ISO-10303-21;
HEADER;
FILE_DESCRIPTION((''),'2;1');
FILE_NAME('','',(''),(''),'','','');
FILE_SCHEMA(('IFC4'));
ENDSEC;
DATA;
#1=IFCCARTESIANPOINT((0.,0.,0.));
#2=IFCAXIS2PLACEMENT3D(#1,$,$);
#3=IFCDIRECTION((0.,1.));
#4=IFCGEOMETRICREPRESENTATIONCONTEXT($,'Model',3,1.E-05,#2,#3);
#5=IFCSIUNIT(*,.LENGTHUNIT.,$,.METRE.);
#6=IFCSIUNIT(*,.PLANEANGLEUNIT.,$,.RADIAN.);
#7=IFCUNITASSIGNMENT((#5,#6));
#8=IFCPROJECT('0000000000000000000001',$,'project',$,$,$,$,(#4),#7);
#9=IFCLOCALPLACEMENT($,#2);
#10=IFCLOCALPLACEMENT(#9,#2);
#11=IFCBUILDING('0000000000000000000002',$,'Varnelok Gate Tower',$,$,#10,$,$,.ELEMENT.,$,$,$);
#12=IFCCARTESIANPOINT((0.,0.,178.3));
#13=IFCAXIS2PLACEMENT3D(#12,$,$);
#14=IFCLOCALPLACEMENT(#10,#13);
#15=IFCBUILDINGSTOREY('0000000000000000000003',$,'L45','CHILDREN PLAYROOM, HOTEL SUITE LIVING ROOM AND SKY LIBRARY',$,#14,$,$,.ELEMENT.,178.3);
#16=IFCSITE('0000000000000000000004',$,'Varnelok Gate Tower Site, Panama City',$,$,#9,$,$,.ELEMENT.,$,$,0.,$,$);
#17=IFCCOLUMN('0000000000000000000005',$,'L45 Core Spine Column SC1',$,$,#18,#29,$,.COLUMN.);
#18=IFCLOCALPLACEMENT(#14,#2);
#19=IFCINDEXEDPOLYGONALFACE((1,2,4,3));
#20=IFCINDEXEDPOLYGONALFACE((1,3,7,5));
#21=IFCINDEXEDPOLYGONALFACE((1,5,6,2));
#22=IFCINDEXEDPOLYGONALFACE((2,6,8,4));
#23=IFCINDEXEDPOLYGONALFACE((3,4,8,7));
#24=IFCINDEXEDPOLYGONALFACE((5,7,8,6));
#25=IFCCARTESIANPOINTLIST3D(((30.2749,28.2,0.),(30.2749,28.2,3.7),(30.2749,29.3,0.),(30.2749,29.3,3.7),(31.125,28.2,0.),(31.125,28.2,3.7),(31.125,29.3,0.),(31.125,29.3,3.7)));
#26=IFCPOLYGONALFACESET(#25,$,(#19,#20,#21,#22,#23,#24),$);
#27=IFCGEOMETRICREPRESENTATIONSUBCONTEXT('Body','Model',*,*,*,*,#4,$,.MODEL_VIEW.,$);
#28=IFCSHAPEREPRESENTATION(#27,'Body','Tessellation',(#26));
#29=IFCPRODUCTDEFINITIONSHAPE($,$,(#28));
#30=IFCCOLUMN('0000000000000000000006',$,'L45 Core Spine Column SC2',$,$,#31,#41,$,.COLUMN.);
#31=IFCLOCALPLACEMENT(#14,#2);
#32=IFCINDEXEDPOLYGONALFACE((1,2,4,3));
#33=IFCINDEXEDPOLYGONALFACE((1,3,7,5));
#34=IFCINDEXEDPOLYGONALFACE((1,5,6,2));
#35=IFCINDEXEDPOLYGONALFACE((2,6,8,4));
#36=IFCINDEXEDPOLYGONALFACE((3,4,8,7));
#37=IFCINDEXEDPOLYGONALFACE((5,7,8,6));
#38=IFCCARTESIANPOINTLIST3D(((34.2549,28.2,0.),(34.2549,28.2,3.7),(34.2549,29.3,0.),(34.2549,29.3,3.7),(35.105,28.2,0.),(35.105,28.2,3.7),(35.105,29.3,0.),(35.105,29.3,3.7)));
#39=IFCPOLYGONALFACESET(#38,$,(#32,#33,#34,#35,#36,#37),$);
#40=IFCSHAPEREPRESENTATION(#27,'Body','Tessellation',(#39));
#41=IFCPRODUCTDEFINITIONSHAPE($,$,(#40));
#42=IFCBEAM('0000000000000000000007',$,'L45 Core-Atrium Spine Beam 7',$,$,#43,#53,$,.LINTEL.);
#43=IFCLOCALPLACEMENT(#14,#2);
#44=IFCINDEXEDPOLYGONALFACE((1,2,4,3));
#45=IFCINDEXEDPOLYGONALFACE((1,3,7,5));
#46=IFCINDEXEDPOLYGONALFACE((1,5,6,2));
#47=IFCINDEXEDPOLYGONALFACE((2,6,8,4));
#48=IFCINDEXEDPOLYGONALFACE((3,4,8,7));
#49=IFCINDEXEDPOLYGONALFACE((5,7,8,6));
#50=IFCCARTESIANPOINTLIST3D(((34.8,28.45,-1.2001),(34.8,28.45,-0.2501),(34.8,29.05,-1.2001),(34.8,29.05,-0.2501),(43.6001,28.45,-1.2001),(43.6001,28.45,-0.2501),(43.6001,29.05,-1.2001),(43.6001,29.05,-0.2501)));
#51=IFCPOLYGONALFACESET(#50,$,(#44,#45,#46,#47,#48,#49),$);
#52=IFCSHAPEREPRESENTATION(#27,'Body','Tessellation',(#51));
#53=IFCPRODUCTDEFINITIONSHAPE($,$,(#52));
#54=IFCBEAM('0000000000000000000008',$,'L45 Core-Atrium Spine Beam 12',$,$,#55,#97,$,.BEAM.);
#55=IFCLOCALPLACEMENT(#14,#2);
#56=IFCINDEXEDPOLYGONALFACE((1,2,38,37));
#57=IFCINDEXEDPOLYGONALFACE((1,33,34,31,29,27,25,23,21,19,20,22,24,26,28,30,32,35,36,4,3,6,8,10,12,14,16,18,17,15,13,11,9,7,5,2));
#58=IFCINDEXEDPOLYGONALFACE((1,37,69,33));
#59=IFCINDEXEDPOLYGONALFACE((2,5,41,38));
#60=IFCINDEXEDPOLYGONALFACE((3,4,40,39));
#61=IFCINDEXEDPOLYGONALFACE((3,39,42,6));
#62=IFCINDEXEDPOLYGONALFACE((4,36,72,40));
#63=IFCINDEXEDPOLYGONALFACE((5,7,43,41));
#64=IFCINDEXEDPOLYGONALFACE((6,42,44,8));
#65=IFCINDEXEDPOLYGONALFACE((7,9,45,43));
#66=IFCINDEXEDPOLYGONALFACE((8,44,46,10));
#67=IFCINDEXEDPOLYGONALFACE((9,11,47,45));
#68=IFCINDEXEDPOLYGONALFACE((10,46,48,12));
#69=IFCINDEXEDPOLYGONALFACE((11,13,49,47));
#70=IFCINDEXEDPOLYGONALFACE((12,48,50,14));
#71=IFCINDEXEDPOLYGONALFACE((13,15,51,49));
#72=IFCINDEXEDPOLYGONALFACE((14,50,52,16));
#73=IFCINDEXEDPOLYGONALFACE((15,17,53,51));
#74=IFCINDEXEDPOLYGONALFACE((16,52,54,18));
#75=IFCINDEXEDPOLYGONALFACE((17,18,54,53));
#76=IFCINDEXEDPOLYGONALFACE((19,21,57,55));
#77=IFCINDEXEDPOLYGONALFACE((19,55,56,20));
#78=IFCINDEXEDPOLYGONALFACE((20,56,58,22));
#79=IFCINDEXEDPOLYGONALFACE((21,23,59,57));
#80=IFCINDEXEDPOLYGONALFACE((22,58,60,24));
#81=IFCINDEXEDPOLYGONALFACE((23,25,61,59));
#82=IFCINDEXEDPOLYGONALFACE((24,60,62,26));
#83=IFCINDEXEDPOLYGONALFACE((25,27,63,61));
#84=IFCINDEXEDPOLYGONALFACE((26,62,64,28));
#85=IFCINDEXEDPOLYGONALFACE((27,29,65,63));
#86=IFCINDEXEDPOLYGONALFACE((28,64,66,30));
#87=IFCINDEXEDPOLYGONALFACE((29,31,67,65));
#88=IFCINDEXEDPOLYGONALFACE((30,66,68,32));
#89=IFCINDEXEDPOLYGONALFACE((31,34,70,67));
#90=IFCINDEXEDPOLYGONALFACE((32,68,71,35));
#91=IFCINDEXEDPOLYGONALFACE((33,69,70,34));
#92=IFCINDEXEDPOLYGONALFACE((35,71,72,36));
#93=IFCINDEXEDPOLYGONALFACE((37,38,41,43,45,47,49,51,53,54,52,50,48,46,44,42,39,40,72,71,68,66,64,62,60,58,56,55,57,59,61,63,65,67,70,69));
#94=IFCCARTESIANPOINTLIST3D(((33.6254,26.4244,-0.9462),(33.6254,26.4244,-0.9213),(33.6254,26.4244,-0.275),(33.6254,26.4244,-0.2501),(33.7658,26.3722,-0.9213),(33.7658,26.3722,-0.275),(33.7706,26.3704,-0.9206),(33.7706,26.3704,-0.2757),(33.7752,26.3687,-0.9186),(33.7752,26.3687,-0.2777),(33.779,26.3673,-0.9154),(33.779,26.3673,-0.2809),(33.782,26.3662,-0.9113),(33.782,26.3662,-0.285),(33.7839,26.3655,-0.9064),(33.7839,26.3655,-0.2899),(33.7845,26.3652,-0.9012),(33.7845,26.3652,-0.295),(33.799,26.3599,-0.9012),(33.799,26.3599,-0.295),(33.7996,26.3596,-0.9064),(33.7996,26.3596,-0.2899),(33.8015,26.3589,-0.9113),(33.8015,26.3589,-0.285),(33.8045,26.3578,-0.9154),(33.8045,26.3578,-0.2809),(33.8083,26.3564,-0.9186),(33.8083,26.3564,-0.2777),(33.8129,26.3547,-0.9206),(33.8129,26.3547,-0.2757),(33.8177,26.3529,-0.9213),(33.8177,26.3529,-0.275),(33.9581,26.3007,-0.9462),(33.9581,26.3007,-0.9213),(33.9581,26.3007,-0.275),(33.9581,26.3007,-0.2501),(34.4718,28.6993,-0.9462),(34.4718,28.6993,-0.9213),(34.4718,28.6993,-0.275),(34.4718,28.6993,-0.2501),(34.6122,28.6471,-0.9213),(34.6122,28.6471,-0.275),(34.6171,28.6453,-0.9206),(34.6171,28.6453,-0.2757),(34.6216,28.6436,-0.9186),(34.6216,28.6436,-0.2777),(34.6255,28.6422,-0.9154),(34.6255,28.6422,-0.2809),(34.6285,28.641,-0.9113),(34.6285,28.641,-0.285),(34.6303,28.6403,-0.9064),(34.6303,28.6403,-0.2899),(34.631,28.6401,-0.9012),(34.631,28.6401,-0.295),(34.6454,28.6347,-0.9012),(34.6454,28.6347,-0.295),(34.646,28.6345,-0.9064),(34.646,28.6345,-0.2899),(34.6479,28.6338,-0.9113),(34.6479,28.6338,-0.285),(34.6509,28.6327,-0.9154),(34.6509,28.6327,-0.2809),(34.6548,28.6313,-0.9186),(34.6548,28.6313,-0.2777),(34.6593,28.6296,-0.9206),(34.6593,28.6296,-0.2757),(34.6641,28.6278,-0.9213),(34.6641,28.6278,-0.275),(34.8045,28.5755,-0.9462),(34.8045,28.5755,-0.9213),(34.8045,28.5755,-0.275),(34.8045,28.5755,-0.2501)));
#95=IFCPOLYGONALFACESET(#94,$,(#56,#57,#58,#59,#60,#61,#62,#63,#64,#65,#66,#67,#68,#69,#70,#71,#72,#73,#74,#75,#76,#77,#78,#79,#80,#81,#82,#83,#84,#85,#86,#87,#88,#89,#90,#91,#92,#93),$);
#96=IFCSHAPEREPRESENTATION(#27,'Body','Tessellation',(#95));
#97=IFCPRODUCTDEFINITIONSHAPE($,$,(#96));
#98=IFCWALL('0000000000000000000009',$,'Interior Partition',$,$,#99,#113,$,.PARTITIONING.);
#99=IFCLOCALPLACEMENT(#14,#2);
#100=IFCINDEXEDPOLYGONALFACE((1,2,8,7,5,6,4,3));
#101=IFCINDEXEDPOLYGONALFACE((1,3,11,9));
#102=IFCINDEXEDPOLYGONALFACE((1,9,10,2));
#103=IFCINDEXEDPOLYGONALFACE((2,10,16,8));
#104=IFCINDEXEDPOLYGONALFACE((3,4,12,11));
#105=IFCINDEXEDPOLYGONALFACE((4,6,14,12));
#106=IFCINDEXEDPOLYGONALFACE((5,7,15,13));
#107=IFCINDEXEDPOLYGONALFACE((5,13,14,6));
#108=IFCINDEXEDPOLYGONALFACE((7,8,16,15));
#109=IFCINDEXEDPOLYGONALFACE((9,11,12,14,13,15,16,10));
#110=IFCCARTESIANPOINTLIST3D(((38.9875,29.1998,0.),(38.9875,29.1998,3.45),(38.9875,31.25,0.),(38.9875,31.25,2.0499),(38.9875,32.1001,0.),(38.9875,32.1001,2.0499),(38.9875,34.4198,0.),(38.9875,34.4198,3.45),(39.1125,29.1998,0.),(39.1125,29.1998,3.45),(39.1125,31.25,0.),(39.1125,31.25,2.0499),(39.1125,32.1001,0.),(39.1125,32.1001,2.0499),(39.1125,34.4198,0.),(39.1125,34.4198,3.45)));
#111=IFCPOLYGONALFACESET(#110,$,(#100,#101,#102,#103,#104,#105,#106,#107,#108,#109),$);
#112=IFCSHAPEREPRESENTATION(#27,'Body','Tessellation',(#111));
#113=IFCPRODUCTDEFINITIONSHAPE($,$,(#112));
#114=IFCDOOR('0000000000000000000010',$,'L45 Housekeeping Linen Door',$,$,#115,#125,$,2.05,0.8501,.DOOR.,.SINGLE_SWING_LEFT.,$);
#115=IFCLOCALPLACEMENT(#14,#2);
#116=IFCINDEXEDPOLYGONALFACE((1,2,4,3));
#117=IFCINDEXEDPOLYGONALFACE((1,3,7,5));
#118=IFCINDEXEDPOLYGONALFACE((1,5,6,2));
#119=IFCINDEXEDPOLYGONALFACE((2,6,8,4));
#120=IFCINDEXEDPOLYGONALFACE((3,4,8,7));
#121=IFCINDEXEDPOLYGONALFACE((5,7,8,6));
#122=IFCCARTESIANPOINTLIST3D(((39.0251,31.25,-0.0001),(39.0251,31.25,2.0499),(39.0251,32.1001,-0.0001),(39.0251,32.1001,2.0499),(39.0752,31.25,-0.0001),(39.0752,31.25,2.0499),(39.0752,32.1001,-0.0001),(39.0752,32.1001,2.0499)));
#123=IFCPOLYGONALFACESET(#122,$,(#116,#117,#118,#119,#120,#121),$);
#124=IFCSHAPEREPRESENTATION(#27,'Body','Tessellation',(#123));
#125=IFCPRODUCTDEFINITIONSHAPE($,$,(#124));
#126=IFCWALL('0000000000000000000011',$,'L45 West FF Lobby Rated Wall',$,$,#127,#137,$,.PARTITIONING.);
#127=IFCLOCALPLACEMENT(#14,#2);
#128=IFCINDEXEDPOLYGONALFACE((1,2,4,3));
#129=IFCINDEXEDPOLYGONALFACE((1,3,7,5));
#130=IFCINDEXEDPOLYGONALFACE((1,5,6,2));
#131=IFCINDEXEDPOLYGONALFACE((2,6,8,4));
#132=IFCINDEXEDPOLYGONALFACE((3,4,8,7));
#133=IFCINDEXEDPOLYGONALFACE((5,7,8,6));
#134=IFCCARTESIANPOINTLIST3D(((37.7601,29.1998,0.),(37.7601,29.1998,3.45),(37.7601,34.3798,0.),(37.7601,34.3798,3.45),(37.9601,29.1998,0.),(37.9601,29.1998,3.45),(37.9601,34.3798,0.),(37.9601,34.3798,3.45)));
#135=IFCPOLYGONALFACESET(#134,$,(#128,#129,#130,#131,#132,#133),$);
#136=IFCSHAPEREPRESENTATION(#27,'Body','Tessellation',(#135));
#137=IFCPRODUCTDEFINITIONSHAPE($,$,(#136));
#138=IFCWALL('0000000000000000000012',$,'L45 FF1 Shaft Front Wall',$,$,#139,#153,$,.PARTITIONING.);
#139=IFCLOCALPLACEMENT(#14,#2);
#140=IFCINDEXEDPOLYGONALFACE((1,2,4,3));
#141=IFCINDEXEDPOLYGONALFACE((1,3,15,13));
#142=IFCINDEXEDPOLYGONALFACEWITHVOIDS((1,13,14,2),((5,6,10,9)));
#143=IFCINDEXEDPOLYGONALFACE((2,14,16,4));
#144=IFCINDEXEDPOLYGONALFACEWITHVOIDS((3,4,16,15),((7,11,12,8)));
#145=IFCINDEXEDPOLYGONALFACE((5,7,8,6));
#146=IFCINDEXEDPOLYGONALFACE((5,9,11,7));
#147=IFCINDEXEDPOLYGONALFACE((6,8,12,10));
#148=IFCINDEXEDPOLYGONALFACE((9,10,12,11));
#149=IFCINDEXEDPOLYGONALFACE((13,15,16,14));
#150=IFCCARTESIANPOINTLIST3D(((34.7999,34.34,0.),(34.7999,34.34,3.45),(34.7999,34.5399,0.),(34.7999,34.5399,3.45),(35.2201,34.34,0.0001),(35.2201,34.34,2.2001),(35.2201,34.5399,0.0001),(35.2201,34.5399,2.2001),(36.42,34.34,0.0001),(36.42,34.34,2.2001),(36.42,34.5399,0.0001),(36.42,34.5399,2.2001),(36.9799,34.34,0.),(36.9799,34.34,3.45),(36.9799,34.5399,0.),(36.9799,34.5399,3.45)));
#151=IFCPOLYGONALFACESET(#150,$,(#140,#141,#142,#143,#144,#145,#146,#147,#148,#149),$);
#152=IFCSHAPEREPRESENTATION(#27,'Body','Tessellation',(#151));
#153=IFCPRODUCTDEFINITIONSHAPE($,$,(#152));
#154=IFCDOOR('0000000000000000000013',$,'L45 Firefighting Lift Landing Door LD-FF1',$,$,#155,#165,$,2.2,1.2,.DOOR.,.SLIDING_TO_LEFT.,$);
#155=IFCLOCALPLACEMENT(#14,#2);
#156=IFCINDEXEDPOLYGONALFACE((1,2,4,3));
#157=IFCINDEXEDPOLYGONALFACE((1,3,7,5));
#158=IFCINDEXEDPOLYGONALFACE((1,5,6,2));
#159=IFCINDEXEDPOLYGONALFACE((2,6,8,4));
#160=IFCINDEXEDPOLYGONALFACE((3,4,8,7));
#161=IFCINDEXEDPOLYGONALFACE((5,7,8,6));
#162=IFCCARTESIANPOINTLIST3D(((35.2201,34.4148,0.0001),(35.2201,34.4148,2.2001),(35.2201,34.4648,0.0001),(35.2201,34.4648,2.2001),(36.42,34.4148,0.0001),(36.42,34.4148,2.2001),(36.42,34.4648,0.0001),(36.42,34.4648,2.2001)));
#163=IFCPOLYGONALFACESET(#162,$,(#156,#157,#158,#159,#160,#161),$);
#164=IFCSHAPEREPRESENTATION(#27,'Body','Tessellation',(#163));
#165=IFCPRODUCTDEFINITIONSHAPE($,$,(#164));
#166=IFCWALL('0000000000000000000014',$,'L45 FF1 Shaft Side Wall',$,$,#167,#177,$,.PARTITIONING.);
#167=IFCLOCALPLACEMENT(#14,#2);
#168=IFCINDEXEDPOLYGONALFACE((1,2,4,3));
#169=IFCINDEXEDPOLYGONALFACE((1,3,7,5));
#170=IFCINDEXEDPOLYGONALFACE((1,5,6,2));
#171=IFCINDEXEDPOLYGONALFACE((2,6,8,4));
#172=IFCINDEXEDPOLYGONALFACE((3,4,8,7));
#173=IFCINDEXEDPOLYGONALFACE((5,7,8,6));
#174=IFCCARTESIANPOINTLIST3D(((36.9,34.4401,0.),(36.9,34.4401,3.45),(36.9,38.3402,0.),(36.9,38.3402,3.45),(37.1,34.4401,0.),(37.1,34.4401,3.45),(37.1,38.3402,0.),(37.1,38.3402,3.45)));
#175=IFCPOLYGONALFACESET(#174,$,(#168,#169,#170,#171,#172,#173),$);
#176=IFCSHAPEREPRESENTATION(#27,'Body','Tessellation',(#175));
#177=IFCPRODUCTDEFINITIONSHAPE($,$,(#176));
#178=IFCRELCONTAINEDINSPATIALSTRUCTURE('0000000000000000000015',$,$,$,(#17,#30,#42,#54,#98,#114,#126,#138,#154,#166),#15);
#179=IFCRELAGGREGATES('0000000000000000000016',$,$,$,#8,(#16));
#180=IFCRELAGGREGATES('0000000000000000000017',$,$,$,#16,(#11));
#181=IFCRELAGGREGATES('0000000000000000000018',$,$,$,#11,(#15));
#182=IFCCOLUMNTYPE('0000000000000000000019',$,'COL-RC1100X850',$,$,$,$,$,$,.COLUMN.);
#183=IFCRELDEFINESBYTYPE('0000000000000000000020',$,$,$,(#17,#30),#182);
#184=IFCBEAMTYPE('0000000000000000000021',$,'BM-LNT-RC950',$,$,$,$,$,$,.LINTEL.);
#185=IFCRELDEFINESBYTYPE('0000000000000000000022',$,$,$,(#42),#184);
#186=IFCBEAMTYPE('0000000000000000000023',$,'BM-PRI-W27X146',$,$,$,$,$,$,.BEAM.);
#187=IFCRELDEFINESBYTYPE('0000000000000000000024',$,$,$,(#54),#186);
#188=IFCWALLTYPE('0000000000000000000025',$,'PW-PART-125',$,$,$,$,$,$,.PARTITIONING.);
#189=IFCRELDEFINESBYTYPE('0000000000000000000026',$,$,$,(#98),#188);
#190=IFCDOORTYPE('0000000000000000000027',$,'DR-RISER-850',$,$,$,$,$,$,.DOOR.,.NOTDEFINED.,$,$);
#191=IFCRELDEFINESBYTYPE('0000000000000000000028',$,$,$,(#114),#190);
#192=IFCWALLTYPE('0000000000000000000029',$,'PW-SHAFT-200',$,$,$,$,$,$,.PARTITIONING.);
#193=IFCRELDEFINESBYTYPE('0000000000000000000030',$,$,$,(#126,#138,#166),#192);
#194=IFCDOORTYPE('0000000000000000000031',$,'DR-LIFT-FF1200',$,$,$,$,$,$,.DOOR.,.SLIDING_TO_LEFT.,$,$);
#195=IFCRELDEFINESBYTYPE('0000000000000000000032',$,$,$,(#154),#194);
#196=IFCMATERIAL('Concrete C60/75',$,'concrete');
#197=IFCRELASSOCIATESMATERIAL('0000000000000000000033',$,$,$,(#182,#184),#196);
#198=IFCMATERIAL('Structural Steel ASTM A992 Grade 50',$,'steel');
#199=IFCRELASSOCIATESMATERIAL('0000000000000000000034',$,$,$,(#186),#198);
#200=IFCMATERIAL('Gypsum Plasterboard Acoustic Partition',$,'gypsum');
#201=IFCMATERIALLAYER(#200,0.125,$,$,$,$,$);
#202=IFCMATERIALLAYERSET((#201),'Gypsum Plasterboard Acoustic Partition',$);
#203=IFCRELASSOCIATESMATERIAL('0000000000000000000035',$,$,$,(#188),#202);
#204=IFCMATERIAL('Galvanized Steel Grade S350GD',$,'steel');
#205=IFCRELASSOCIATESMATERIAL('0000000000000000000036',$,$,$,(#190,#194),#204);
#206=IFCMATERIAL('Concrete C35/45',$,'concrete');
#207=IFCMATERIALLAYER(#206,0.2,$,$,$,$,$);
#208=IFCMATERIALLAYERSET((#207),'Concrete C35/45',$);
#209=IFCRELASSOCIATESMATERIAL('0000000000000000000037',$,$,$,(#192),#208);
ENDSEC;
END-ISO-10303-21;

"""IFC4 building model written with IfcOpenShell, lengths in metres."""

from ifc_helpers import new_model, si_unit, direction, frame, frame_2d, origin, origin_2d, place, context, subcontext, project, spatial, rectangle, i_section, extrude, material, layer, layer_set, material_profile, profile_set, type_object, element, fill, save


model = new_model("IFC4")

# Units and contexts
model_context = context("Model", 3, precision=1e-05, world=origin(), true_north=direction((0.0, 1.0)))
body_context = subcontext(model_context, "Body", "Model", "MODEL_VIEW")
ifc_project = project(units=[si_unit("LENGTHUNIT", "METRE"), si_unit("PLANEANGLEUNIT", "RADIAN")], contexts=[model_context])

# Site, building, storey
site_placement = place(None, origin())
site = spatial("IfcSite", under=ifc_project, at=site_placement, Name="Varnelok Gate Tower Site, Panama City", CompositionType="ELEMENT", RefElevation=0.0)
building_placement = place(site_placement, origin())
building = spatial("IfcBuilding", under=site, at=building_placement, Name="Varnelok Gate Tower", CompositionType="ELEMENT")
storey_placement = place(building_placement, frame((0.0, 0.0, 178.3)))
storey = spatial("IfcBuildingStorey", under=building, at=storey_placement, Name="L45", Description="CHILDREN PLAYROOM, HOTEL SUITE LIVING ROOM AND SKY LIBRARY", CompositionType="ELEMENT", Elevation=178.3)

# Columns
ifc_material_1 = material(Name="Concrete C60/75", Category="concrete")
ifc_material_profile_1 = material_profile(ifc_material_1, rectangle(XDim=0.8501, YDim=1.1001, at=origin_2d()), Name="RC1100X850")
ifc_profile_set_1 = profile_set([ifc_material_profile_1], Name="Concrete C60/75")
column_type = type_object("IfcColumnType", Name="COL-RC1100X850", PredefinedType="COLUMN", material=ifc_profile_set_1)
for number, where, z_axis, x_axis, name in (
    (1, (30.7, 28.75, 0.0), (0.0, 0.0, 1.0), (1.0, 0.0, 0.0), "L45 Core Spine Column SC1"),
    (2, (34.6799, 28.75, 0.0), (0.0, 0.0, 1.0), (1.0, 0.0, 0.0), "L45 Core Spine Column SC2"),
):
    element("IfcColumn", number, at=place(storey_placement, frame(where, z_axis=z_axis, x_axis=x_axis)), inside=storey, type_object=column_type, Name=name, PredefinedType="COLUMN", context=body_context, shape_type="SweptSolid", body=[
        extrude(rectangle(XDim=0.8501, YDim=1.1001, at=origin_2d()), origin(), (0.0, 0.0, 1.0), 3.7),
    ])

# Beams
ifc_material_profile_2 = material_profile(ifc_material_1, rectangle(XDim=0.6001, YDim=0.95, at=origin_2d()), Name="RC950X600")
ifc_profile_set_2 = profile_set([ifc_material_profile_2], Name="Concrete C60/75")
beam_type_1 = type_object("IfcBeamType", Name="BM-LNT-RC950", PredefinedType="LINTEL", material=ifc_profile_set_2)
beam_1_placement = place(storey_placement, frame((34.8, 28.75, -0.7251), z_axis=(1.0, 0.0, 0.0), x_axis=(0.0, 1.0, 0.0)))
element("IfcBeam", 3, at=beam_1_placement, inside=storey, type_object=beam_type_1, Name="L45 Core-Atrium Spine Beam 7", PredefinedType="LINTEL", context=body_context, shape_type="SweptSolid", body=[
    extrude(rectangle(XDim=0.6001, YDim=0.95, at=origin_2d()), origin(), (0.0, 0.0, 1.0), 8.8),
])
ifc_material_2 = material(Name="Structural Steel ASTM A992 Grade 50", Category="steel")
ifc_material_profile_3 = material_profile(ifc_material_2, i_section(OverallWidth=0.355, OverallDepth=0.696, WebThickness=0.0154, FlangeThickness=0.0249, FilletRadius=0.02, at=origin_2d()), Name="W27X146")
ifc_profile_set_3 = profile_set([ifc_material_profile_3], Name="Structural Steel ASTM A992 Grade 50")
beam_type_2 = type_object("IfcBeamType", Name="BM-PRI-W27X146", PredefinedType="BEAM", material=ifc_profile_set_3)
beam_2_placement = place(storey_placement, frame((33.7917, 26.3625, -0.5981), z_axis=(0.348719, 0.937227, 0.0), x_axis=(-0.937227, 0.348719, 0.0)))
element("IfcBeam", 4, at=beam_2_placement, inside=storey, type_object=beam_type_2, Name="L45 Core-Atrium Spine Beam 12", PredefinedType="BEAM", context=body_context, shape_type="SweptSolid", body=[
    extrude(i_section(OverallWidth=0.355, OverallDepth=0.696, WebThickness=0.0154, FlangeThickness=0.0249, FilletRadius=0.02, at=origin_2d()), origin(), (0.0, 0.0, 1.0), 2.4272),
])

# Wall, opening, door
ifc_material_3 = material(Name="Gypsum Plasterboard Acoustic Partition", Category="gypsum")
ifc_layer_1 = layer(ifc_material_3, 0.125)
ifc_layer_set_1 = layer_set([ifc_layer_1], Name="Gypsum Plasterboard Acoustic Partition")
wall_type_1 = type_object("IfcWallType", Name="PW-PART-125", PredefinedType="PARTITIONING", material=ifc_layer_set_1)
wall_1_placement = place(storey_placement, frame((39.05, 29.2, 0.0), z_axis=(0.0, 0.0, 1.0), x_axis=(0.0, 1.0, 0.0)))
wall_1 = element("IfcWall", 5, at=wall_1_placement, inside=storey, type_object=wall_type_1, Name="Interior Partition", PredefinedType="PARTITIONING", context=body_context, shape_type="SweptSolid", body=[
    extrude(rectangle(XDim=5.22, YDim=0.125, at=frame_2d((2.6099, 0.0))), origin(), (0.0, 0.0, 1.0), 3.45),
])
opening_1_placement = place(wall_1_placement, frame((2.05, 0.0, 0.0)))
opening_1 = element("IfcOpeningElement", 6, at=opening_1_placement, cuts=wall_1, PredefinedType="OPENING", context=body_context, shape_type="SweptSolid", body=[
    extrude(rectangle(XDim=0.8501, YDim=2.05, at=frame_2d((0.425, 1.0249))), frame((0.0, 0.0725, 0.0), z_axis=(0.0, -1.0, 0.0), x_axis=(1.0, 0.0, 0.0)), (0.0, 0.0, 1.0), 0.145),
])
ifc_material_4 = material(Name="Galvanized Steel Grade S350GD", Category="steel")
door_type_1 = type_object("IfcDoorType", Name="DR-RISER-850", OperationType="NOTDEFINED", PredefinedType="DOOR", material=ifc_material_4)
door_1_placement = place(opening_1_placement, origin())
door_1 = element("IfcDoor", 7, at=door_1_placement, inside=storey, type_object=door_type_1, Name="L45 Housekeeping Linen Door", OperationType="SINGLE_SWING_LEFT", OverallHeight=2.05, OverallWidth=0.8501, PredefinedType="DOOR", context=body_context, shape_type="SweptSolid", body=[
    extrude(rectangle(XDim=0.8501, YDim=2.05, at=frame_2d((0.425, 1.0249))), frame((0.0, 0.0249, 0.0), z_axis=(0.0, -1.0, 0.0), x_axis=(1.0, 0.0, 0.0)), (0.0, 0.0, 1.0), 0.05),
])
fill(opening_1, door_1)

# Wall
ifc_material_5 = material(Name="Concrete C35/45", Category="concrete")
ifc_layer_2 = layer(ifc_material_5, 0.2)
ifc_layer_set_2 = layer_set([ifc_layer_2], Name="Concrete C35/45")
wall_type_2 = type_object("IfcWallType", Name="PW-SHAFT-200", PredefinedType="PARTITIONING", material=ifc_layer_set_2)
wall_2_placement = place(storey_placement, frame((37.8601, 29.2, 0.0), z_axis=(0.0, 0.0, 1.0), x_axis=(0.0, 1.0, 0.0)))
element("IfcWall", 8, at=wall_2_placement, inside=storey, type_object=wall_type_2, Name="L45 West FF Lobby Rated Wall", PredefinedType="PARTITIONING", context=body_context, shape_type="SweptSolid", body=[
    extrude(rectangle(XDim=5.1799, YDim=0.2, at=frame_2d((2.5898, 0.0))), origin(), (0.0, 0.0, 1.0), 3.45),
])

# Wall, opening, door
wall_3_placement = place(storey_placement, frame((34.8, 34.4399, 0.0), z_axis=(0.0, 0.0, 1.0), x_axis=(1.0, 0.0, 0.0)))
wall_3 = element("IfcWall", 9, at=wall_3_placement, inside=storey, type_object=wall_type_2, Name="L45 FF1 Shaft Front Wall", PredefinedType="PARTITIONING", context=body_context, shape_type="SweptSolid", body=[
    extrude(rectangle(XDim=2.1799, YDim=0.2, at=frame_2d((1.0898, 0.0))), origin(), (0.0, 0.0, 1.0), 3.45),
])
opening_2_placement = place(wall_3_placement, frame((0.4199, 0.0, 0.0)))
opening_2 = element("IfcOpeningElement", 10, at=opening_2_placement, cuts=wall_3, PredefinedType="OPENING", context=body_context, shape_type="SweptSolid", body=[
    extrude(rectangle(XDim=1.2, YDim=2.2, at=frame_2d((0.6001, 1.1001))), frame((0.0, 0.1099, 0.0), z_axis=(0.0, -1.0, 0.0), x_axis=(1.0, 0.0, 0.0)), (0.0, 0.0, 1.0), 0.22),
])
door_type_2 = type_object("IfcDoorType", Name="DR-LIFT-FF1200", OperationType="SLIDING_TO_LEFT", PredefinedType="DOOR", material=ifc_material_4)
door_2_placement = place(opening_2_placement, origin())
door_2 = element("IfcDoor", 11, at=door_2_placement, inside=storey, type_object=door_type_2, Name="L45 Firefighting Lift Landing Door LD-FF1", OperationType="SLIDING_TO_LEFT", OverallHeight=2.2, OverallWidth=1.2, PredefinedType="DOOR", context=body_context, shape_type="SweptSolid", body=[
    extrude(rectangle(XDim=1.2, YDim=2.2, at=frame_2d((0.6001, 1.1001))), frame((0.0, 0.0249, 0.0), z_axis=(0.0, -1.0, 0.0), x_axis=(1.0, 0.0, 0.0)), (0.0, 0.0, 1.0), 0.05),
])
fill(opening_2, door_2)

# Wall
wall_4_placement = place(storey_placement, frame((37.0, 34.4399, 0.0), z_axis=(0.0, 0.0, 1.0), x_axis=(0.0, 1.0, 0.0)))
element("IfcWall", 12, at=wall_4_placement, inside=storey, type_object=wall_type_2, Name="L45 FF1 Shaft Side Wall", PredefinedType="PARTITIONING", context=body_context, shape_type="SweptSolid", body=[
    extrude(rectangle(XDim=3.9001, YDim=0.2, at=frame_2d((1.9502, 0.0))), origin(), (0.0, 0.0, 1.0), 3.45),
])

save(model, "model.ifc")
